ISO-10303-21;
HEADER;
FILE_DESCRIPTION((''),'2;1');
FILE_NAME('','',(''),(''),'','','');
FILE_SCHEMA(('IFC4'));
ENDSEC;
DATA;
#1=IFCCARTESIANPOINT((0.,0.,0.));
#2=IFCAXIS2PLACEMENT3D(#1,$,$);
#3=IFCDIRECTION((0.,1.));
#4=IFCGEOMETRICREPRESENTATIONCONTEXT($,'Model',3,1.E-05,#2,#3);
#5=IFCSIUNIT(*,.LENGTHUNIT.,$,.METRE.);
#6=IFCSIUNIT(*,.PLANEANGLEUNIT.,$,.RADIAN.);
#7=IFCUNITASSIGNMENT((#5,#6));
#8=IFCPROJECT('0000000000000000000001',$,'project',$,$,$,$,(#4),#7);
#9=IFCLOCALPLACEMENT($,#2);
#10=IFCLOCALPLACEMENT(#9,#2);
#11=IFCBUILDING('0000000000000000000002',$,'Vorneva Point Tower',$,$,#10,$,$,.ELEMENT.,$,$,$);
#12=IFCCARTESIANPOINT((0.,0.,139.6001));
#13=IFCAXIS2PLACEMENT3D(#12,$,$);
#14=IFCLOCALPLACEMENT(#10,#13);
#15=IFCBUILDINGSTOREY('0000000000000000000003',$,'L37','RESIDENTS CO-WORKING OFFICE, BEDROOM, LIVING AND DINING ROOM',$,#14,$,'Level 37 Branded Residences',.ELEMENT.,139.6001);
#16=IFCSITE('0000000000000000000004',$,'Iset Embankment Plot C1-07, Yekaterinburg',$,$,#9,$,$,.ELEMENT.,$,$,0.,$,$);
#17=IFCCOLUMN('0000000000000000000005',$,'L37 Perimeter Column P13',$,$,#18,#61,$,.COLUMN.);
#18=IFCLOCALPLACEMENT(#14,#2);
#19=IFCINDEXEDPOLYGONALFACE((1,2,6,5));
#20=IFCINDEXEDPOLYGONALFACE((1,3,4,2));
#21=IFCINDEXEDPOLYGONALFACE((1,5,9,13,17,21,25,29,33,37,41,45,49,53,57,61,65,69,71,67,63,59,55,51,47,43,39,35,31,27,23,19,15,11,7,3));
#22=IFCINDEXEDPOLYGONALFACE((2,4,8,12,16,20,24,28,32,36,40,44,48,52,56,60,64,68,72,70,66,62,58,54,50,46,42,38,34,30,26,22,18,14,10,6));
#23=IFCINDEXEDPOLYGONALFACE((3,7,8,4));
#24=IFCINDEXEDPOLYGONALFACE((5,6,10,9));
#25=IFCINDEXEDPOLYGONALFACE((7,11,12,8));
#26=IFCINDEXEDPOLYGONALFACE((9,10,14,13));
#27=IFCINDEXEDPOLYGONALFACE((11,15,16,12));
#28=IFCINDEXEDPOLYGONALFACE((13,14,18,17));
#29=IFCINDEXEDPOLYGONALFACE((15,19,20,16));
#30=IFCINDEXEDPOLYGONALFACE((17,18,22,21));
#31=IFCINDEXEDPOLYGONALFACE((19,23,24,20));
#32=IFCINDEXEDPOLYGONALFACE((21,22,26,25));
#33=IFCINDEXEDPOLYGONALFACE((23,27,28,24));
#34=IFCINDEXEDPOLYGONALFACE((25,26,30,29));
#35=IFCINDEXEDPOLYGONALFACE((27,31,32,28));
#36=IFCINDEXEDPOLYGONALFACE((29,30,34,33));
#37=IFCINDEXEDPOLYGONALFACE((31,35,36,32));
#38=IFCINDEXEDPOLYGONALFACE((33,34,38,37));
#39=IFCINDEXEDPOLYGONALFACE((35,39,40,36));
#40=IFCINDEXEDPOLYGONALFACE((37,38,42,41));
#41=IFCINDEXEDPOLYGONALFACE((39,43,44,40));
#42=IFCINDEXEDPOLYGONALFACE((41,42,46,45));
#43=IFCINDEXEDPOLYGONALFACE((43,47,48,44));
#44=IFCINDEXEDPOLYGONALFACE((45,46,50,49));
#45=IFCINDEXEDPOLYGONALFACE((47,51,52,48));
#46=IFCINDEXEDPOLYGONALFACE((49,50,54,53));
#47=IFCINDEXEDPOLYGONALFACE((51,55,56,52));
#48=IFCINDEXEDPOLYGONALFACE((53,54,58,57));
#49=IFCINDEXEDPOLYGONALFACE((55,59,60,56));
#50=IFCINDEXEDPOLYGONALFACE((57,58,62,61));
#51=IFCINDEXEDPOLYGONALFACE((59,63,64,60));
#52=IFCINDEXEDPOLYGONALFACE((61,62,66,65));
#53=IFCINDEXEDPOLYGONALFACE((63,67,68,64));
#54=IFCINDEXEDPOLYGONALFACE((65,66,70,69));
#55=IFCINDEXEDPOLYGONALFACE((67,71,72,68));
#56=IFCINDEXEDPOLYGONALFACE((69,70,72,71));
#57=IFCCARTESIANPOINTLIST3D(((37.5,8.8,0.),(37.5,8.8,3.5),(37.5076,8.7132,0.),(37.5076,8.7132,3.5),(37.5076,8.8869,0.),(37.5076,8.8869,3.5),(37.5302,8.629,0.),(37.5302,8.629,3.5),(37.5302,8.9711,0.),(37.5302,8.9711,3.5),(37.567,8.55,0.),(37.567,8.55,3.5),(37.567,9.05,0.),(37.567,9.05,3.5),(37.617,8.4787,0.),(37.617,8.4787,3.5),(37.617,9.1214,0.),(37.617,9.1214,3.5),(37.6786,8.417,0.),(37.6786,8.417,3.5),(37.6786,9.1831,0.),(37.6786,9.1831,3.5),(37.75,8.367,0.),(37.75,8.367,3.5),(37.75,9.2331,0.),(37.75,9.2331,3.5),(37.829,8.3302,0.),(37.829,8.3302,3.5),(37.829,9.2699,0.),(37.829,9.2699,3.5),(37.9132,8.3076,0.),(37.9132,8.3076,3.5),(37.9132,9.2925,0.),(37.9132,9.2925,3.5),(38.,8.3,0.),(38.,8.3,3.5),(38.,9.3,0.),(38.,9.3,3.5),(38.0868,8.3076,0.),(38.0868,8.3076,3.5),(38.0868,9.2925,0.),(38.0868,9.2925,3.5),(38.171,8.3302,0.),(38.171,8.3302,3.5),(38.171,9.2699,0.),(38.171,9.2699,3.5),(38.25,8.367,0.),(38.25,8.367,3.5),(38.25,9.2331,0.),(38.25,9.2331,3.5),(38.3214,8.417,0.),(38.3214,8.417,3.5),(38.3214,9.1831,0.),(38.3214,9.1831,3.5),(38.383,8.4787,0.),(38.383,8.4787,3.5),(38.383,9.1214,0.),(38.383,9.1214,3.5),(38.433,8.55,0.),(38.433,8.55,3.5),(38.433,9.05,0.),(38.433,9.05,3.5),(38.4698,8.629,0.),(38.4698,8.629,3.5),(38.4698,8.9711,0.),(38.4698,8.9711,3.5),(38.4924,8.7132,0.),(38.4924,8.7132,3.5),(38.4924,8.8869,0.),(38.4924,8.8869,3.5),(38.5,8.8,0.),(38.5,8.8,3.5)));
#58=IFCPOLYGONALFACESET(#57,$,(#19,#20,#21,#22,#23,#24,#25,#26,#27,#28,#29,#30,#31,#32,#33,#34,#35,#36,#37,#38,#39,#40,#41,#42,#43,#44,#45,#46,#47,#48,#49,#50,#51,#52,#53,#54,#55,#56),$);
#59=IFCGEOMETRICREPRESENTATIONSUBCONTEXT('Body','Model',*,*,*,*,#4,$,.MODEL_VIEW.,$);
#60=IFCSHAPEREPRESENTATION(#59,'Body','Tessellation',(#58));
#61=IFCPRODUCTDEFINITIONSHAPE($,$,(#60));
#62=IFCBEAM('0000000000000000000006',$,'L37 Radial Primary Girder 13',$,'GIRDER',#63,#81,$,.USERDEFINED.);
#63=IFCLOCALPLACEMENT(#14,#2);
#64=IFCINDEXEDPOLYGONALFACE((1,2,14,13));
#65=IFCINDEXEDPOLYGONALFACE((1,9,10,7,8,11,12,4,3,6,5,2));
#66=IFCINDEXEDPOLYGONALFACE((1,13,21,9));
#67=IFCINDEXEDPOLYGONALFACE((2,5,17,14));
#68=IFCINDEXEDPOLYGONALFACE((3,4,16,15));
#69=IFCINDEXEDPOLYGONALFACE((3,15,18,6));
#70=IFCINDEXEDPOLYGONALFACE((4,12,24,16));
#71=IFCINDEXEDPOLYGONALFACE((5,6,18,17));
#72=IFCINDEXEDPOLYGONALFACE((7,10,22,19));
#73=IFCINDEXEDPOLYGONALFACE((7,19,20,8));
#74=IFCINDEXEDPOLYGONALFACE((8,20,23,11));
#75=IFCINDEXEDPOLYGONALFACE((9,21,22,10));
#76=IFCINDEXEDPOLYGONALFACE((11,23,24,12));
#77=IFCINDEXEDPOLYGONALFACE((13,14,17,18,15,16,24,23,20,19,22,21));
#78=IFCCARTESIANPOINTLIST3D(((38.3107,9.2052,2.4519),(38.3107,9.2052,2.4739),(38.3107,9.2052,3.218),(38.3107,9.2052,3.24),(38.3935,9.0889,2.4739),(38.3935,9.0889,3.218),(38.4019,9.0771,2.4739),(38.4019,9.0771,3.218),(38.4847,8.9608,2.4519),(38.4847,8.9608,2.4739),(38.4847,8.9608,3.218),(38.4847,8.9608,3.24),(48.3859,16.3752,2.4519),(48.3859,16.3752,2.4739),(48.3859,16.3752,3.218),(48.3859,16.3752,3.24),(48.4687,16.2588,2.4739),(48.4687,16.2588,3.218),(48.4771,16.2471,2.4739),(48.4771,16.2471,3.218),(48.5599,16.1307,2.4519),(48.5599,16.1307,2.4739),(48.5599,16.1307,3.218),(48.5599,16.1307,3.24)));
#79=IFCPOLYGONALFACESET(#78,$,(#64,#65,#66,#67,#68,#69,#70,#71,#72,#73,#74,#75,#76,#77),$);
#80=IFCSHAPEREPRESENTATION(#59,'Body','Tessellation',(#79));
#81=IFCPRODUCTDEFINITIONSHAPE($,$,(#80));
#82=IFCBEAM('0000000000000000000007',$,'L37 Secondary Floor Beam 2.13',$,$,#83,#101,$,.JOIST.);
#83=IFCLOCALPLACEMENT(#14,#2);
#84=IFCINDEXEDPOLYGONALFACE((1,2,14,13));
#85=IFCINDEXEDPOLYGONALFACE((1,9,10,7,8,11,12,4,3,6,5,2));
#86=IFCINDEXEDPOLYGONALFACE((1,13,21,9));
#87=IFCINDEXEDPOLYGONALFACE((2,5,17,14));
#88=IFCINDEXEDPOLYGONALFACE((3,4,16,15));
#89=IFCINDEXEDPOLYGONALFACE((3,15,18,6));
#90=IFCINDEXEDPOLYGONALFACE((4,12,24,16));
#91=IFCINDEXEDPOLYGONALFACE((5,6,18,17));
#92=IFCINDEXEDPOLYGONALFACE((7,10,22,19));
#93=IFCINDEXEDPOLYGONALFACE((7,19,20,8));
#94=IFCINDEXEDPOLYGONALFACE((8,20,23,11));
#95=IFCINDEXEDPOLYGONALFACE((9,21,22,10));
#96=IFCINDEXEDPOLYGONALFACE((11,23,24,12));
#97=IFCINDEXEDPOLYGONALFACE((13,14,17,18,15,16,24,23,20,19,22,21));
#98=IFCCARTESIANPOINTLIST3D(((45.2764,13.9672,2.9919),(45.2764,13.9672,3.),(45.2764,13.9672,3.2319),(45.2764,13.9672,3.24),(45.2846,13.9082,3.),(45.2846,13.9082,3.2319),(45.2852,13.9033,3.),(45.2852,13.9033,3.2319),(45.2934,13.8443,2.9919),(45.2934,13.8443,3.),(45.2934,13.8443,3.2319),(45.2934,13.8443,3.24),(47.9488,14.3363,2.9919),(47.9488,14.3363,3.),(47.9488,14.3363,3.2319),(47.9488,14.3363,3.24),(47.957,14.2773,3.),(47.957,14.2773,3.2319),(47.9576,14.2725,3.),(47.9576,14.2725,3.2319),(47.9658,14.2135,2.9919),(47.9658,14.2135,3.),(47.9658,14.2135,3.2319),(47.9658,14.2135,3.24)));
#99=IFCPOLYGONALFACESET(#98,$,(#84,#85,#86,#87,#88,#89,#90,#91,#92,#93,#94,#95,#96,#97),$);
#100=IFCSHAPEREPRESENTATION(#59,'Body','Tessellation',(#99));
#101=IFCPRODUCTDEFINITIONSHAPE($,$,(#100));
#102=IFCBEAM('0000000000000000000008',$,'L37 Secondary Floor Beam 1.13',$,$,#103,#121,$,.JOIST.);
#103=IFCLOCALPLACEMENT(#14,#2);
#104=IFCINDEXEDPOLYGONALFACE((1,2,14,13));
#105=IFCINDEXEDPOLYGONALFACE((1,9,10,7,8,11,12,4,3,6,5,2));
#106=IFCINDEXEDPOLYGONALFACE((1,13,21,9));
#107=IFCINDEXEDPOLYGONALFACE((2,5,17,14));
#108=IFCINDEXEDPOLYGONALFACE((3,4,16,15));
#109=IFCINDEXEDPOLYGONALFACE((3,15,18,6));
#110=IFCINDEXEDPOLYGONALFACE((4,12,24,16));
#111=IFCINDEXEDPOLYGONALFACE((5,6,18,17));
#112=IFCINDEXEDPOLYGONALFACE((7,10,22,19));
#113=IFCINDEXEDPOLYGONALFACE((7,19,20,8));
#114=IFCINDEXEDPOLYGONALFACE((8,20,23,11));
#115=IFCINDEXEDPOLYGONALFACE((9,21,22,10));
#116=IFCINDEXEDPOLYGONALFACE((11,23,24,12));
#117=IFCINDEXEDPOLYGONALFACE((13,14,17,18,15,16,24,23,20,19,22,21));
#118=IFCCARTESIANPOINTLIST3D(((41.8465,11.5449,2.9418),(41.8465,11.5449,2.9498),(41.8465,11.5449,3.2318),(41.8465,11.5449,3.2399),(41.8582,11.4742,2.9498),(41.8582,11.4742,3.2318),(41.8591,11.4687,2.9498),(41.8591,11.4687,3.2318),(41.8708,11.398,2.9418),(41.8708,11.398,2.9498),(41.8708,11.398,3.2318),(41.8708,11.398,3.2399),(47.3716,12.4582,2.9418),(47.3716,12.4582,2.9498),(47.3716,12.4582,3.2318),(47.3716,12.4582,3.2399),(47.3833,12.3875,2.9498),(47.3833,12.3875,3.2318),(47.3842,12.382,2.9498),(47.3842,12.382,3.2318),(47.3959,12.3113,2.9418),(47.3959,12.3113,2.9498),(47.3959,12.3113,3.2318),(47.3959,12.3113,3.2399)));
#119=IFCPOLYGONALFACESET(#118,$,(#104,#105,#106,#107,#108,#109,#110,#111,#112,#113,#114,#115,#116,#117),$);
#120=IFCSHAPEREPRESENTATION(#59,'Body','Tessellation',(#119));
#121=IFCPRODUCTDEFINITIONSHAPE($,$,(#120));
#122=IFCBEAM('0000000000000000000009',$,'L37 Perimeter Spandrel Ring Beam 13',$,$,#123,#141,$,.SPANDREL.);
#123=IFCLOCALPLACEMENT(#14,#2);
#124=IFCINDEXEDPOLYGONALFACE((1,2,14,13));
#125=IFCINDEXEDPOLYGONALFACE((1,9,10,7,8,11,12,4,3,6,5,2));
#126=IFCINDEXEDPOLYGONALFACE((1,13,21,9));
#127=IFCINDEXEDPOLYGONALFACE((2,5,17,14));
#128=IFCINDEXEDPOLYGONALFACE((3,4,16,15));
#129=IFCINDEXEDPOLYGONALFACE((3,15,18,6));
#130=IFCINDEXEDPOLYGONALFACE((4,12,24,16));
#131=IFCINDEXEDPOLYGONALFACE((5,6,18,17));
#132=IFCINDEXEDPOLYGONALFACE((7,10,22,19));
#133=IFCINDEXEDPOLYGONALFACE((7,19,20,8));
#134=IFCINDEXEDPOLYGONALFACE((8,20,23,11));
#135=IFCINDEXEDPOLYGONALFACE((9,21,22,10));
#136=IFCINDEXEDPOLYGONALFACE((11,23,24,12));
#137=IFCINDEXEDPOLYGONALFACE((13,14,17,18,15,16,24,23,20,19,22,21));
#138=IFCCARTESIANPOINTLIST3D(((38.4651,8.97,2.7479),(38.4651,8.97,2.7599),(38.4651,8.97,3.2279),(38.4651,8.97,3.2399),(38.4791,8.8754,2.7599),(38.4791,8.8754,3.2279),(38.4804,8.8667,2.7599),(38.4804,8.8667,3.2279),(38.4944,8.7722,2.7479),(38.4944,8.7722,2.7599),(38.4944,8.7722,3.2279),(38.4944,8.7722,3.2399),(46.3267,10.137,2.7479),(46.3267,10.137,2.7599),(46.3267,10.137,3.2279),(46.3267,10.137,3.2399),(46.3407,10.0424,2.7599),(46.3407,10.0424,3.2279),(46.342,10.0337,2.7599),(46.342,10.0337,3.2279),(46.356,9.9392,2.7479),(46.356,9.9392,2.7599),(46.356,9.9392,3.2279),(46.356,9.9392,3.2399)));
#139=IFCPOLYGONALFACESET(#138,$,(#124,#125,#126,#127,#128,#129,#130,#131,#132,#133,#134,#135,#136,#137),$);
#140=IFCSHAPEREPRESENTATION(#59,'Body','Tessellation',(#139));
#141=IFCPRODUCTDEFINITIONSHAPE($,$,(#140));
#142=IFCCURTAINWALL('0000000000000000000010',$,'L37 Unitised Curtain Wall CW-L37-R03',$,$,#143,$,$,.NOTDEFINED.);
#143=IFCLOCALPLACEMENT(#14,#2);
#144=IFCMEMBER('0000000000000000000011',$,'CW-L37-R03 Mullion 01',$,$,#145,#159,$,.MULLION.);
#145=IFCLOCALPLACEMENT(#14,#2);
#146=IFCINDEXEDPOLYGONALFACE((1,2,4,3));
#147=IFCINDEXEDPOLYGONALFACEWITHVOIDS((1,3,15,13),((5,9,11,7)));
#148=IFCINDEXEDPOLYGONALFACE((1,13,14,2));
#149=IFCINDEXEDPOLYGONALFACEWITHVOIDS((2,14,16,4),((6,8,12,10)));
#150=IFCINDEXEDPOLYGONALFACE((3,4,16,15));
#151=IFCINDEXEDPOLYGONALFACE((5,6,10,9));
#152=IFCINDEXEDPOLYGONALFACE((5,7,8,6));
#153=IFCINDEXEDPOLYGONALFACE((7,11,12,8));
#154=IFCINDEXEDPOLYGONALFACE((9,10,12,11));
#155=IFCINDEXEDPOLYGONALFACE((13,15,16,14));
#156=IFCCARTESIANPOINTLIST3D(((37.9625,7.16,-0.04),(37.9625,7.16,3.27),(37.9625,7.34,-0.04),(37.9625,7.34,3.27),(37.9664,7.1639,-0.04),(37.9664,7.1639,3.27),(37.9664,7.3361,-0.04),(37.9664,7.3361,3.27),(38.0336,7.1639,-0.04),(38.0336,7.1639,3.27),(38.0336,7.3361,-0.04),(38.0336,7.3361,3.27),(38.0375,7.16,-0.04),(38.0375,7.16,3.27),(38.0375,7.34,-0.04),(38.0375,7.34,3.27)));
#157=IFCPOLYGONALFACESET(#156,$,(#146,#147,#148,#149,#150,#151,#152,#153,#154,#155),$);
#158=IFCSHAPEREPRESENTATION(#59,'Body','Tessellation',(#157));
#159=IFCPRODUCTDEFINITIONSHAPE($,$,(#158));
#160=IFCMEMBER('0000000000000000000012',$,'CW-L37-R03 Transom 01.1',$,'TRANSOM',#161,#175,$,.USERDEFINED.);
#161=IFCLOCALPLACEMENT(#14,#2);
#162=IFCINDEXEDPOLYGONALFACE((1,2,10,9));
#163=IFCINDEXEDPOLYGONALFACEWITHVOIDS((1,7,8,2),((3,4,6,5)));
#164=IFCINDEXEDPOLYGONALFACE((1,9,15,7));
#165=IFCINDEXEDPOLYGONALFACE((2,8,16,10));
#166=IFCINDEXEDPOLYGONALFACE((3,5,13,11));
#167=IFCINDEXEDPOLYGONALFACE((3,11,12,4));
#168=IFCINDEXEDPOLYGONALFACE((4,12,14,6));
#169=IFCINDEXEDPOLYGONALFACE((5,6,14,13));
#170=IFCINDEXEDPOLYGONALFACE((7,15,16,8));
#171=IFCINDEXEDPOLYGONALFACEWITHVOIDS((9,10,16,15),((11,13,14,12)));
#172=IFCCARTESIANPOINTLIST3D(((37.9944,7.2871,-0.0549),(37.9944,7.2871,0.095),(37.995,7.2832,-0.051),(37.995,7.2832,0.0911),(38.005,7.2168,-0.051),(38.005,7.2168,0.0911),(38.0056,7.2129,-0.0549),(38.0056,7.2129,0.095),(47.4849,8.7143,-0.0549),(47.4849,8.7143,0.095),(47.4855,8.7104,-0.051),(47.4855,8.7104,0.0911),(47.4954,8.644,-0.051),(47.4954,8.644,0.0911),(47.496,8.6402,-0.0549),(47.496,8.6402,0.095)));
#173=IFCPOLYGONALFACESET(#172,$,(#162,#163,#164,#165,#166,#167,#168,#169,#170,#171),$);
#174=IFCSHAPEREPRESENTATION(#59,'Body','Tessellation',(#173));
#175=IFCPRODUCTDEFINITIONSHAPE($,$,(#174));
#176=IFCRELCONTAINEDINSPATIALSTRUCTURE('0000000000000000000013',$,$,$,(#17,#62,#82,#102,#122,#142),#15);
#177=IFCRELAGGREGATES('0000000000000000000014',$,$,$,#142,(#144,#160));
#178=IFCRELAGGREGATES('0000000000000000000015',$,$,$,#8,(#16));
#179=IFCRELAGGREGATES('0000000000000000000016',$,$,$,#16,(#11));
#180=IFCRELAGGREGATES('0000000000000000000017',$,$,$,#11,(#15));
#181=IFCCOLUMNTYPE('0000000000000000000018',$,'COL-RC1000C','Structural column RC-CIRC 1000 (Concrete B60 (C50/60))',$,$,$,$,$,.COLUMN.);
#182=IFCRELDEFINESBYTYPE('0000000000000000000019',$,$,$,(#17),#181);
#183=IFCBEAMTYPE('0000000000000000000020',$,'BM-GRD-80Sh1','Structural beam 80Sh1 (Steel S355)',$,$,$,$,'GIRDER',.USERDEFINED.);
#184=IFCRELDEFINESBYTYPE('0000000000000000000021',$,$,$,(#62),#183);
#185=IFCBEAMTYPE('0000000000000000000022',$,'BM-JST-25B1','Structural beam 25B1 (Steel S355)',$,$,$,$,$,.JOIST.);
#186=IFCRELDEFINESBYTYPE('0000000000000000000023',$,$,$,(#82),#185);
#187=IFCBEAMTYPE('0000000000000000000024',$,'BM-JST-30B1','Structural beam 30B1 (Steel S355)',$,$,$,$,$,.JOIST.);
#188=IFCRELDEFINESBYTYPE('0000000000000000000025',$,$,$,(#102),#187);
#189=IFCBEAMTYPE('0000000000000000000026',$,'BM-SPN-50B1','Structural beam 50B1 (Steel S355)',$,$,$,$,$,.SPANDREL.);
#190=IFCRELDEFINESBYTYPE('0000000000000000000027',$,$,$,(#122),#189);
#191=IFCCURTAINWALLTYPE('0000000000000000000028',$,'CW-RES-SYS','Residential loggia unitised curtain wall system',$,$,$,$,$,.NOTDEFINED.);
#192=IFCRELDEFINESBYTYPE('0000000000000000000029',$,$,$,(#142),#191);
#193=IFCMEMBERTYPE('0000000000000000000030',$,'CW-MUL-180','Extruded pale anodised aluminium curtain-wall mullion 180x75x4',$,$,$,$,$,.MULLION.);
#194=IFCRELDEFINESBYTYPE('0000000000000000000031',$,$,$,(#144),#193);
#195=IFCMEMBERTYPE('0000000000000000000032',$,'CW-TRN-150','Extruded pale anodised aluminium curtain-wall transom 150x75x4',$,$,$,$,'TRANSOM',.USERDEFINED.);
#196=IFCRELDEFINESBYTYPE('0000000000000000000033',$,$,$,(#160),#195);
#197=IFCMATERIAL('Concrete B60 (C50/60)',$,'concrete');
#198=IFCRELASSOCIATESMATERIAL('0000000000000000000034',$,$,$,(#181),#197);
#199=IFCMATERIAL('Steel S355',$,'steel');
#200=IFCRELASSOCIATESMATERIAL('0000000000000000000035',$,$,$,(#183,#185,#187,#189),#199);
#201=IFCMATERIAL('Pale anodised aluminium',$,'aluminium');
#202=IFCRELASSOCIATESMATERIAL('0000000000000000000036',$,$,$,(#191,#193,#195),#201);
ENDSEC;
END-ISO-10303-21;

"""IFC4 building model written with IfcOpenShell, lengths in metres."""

from ifc_helpers import new_model, si_unit, direction, frame, origin, origin_2d, place, context, subcontext, project, spatial, hollow_rectangle, circle, i_section, extrude, material, material_profile, profile_set, type_object, element, aggregate, save


model = new_model("IFC4")

# Units and contexts
model_context = context("Model", 3, precision=1e-05, world=origin(), true_north=direction((0.0, 1.0)))
body_context = subcontext(model_context, "Body", "Model", "MODEL_VIEW")
ifc_project = project(units=[si_unit("LENGTHUNIT", "METRE"), si_unit("PLANEANGLEUNIT", "RADIAN")], contexts=[model_context])

# Site, building, storey
site_placement = place(None, origin())
site = spatial("IfcSite", under=ifc_project, at=site_placement, Name="Iset Embankment Plot C1-07, Yekaterinburg", CompositionType="ELEMENT", RefElevation=0.0)
building_placement = place(site_placement, origin())
building = spatial("IfcBuilding", under=site, at=building_placement, Name="Vorneva Point Tower", CompositionType="ELEMENT")
storey_placement = place(building_placement, frame((0.0, 0.0, 139.6001)))
storey = spatial("IfcBuildingStorey", under=building, at=storey_placement, Name="L37", Description="RESIDENTS CO-WORKING OFFICE, BEDROOM, LIVING AND DINING ROOM", LongName="Level 37 Branded Residences", CompositionType="ELEMENT", Elevation=139.6001)

# Column
ifc_material_1 = material(Name="Concrete B60 (C50/60)", Category="concrete")
ifc_material_profile_1 = material_profile(ifc_material_1, circle(Radius=0.5, at=origin_2d()), Name="RC-CIRC 1000")
ifc_profile_set_1 = profile_set([ifc_material_profile_1], Name="Concrete B60 (C50/60)")
column_type = type_object("IfcColumnType", Name="COL-RC1000C", Description="Structural column RC-CIRC 1000 (Concrete B60 (C50/60))", PredefinedType="COLUMN", material=ifc_profile_set_1)
column_placement = place(storey_placement, frame((38.0, 8.8, 0.0), z_axis=(0.0, 0.0, 1.0), x_axis=(0.0, -1.0, 0.0)))
element("IfcColumn", 1, at=column_placement, inside=storey, type_object=column_type, Name="L37 Perimeter Column P13", PredefinedType="COLUMN", context=body_context, shape_type="SweptSolid", body=[
    extrude(circle(Radius=0.5, at=origin_2d()), origin(), (0.0, 0.0, 1.0), 3.5),
])

# Beams
ifc_material_2 = material(Name="Steel S355", Category="steel")
ifc_material_profile_2 = material_profile(ifc_material_2, i_section(OverallWidth=0.3, OverallDepth=0.7881, WebThickness=0.0144, FlangeThickness=0.022, at=origin_2d()), Name="80Sh1")
ifc_profile_set_2 = profile_set([ifc_material_profile_2], Name="Steel S355")
beam_type_1 = type_object("IfcBeamType", Name="BM-GRD-80Sh1", Description="Structural beam 80Sh1 (Steel S355)", ElementType="GIRDER", PredefinedType="USERDEFINED", material=ifc_profile_set_2)
beam_1_placement = place(storey_placement, frame((38.3977, 9.083, 2.8459), z_axis=(0.814751, 0.57981, 0.0), x_axis=(-0.57981, 0.814751, 0.0)))
element("IfcBeam", 2, at=beam_1_placement, inside=storey, type_object=beam_type_1, Name="L37 Radial Primary Girder 13", ObjectType="GIRDER", PredefinedType="USERDEFINED", context=body_context, shape_type="SweptSolid", body=[
    extrude(i_section(OverallWidth=0.3, OverallDepth=0.7881, WebThickness=0.0144, FlangeThickness=0.022, at=origin_2d()), origin(), (0.0, 0.0, 1.0), 12.366),
])
ifc_material_profile_3 = material_profile(ifc_material_2, i_section(OverallWidth=0.124, OverallDepth=0.248, WebThickness=0.0049, FlangeThickness=0.0081, at=origin_2d()), Name="25B1")
ifc_profile_set_3 = profile_set([ifc_material_profile_3], Name="Steel S355")
beam_type_2 = type_object("IfcBeamType", Name="BM-JST-25B1", Description="Structural beam 25B1 (Steel S355)", PredefinedType="JOIST", material=ifc_profile_set_3)
beam_2_placement = place(storey_placement, frame((45.2849, 13.9058, 3.116), z_axis=(0.990594, 0.136833, 0.0), x_axis=(-0.136833, 0.990594, 0.0)))
element("IfcBeam", 3, at=beam_2_placement, inside=storey, type_object=beam_type_2, Name="L37 Secondary Floor Beam 2.13", PredefinedType="JOIST", context=body_context, shape_type="SweptSolid", body=[
    extrude(i_section(OverallWidth=0.124, OverallDepth=0.248, WebThickness=0.0049, FlangeThickness=0.0081, at=origin_2d()), origin(), (0.0, 0.0, 1.0), 2.6978),
])
ifc_material_profile_4 = material_profile(ifc_material_2, i_section(OverallWidth=0.1489, OverallDepth=0.2981, WebThickness=0.0056, FlangeThickness=0.0081, at=origin_2d()), Name="30B1")
ifc_profile_set_4 = profile_set([ifc_material_profile_4], Name="Steel S355")
beam_type_3 = type_object("IfcBeamType", Name="BM-JST-30B1", Description="Structural beam 30B1 (Steel S355)", PredefinedType="JOIST", material=ifc_profile_set_4)
beam_3_placement = place(storey_placement, frame((41.8586, 11.4714, 3.0908), z_axis=(0.986611, 0.163091, 0.0), x_axis=(-0.163091, 0.986611, 0.0)))
element("IfcBeam", 4, at=beam_3_placement, inside=storey, type_object=beam_type_3, Name="L37 Secondary Floor Beam 1.13", PredefinedType="JOIST", context=body_context, shape_type="SweptSolid", body=[
    extrude(i_section(OverallWidth=0.1489, OverallDepth=0.2981, WebThickness=0.0056, FlangeThickness=0.0081, at=origin_2d()), origin(), (0.0, 0.0, 1.0), 5.6001),
])
ifc_material_profile_5 = material_profile(ifc_material_2, i_section(OverallWidth=0.2, OverallDepth=0.4919, WebThickness=0.0088, FlangeThickness=0.012, at=origin_2d()), Name="50B1")
ifc_profile_set_5 = profile_set([ifc_material_profile_5], Name="Steel S355")
beam_type_4 = type_object("IfcBeamType", Name="BM-SPN-50B1", Description="Structural beam 50B1 (Steel S355)", PredefinedType="SPANDREL", material=ifc_profile_set_5)
beam_4_placement = place(storey_placement, frame((38.4797, 8.8711, 2.9939), z_axis=(0.989161, 0.146834, 0.0), x_axis=(-0.146834, 0.989161, 0.0)))
element("IfcBeam", 5, at=beam_4_placement, inside=storey, type_object=beam_type_4, Name="L37 Perimeter Spandrel Ring Beam 13", PredefinedType="SPANDREL", context=body_context, shape_type="SweptSolid", body=[
    extrude(i_section(OverallWidth=0.2, OverallDepth=0.4919, WebThickness=0.0088, FlangeThickness=0.012, at=origin_2d()), origin(), (0.0, 0.0, 1.0), 7.9478),
])

# Curtain wall, members
ifc_material_3 = material(Name="Pale anodised aluminium", Category="aluminium")
curtain_wall_type = type_object("IfcCurtainWallType", Name="CW-RES-SYS", Description="Residential loggia unitised curtain wall system", PredefinedType="NOTDEFINED", material=ifc_material_3)
curtain_wall_placement = place(storey_placement, origin())
curtain_wall = element("IfcCurtainWall", 6, at=curtain_wall_placement, inside=storey, type_object=curtain_wall_type, Name="L37 Unitised Curtain Wall CW-L37-R03", PredefinedType="NOTDEFINED")
ifc_material_profile_6 = material_profile(ifc_material_3, hollow_rectangle(XDim=0.075, YDim=0.1799, WallThickness=0.0039, at=origin_2d()), Name="AL-MUL 180x75x4")
ifc_profile_set_6 = profile_set([ifc_material_profile_6], Name="Pale anodised aluminium")
member_type_1 = type_object("IfcMemberType", Name="CW-MUL-180", Description="Extruded pale anodised aluminium curtain-wall mullion 180x75x4", PredefinedType="MULLION", material=ifc_profile_set_6)
member_1_placement = place(storey_placement, frame((38.0, 7.25, -0.04), z_axis=(0.0, 0.0, 1.0), x_axis=(1.0, 0.0, 0.0)))
member_1 = element("IfcMember", 7, at=member_1_placement, type_object=member_type_1, Name="CW-L37-R03 Mullion 01", PredefinedType="MULLION", context=body_context, shape_type="SweptSolid", body=[
    extrude(hollow_rectangle(XDim=0.075, YDim=0.1799, WallThickness=0.0039, at=origin_2d()), origin(), (0.0, 0.0, 1.0), 3.3101),
])
ifc_material_profile_7 = material_profile(ifc_material_3, hollow_rectangle(XDim=0.075, YDim=0.1499, WallThickness=0.0039, at=origin_2d()), Name="AL-TRN 150x75x4")
ifc_profile_set_7 = profile_set([ifc_material_profile_7], Name="Pale anodised aluminium")
member_type_2 = type_object("IfcMemberType", Name="CW-TRN-150", Description="Extruded pale anodised aluminium curtain-wall transom 150x75x4", ElementType="TRANSOM", PredefinedType="USERDEFINED", material=ifc_profile_set_7)
member_2_placement = place(storey_placement, frame((38.0, 7.25, 0.02), z_axis=(0.98888, 0.148715, 0.0), x_axis=(-0.148715, 0.98888, 0.0)))
member_2 = element("IfcMember", 8, at=member_2_placement, type_object=member_type_2, Name="CW-L37-R03 Transom 01.1", ObjectType="TRANSOM", PredefinedType="USERDEFINED", context=body_context, shape_type="SweptSolid", body=[
    extrude(hollow_rectangle(XDim=0.075, YDim=0.1499, WallThickness=0.0039, at=origin_2d()), origin(), (0.0, 0.0, 1.0), 9.5972),
])
aggregate(curtain_wall, [member_1, member_2])

save(model, "model.ifc")
